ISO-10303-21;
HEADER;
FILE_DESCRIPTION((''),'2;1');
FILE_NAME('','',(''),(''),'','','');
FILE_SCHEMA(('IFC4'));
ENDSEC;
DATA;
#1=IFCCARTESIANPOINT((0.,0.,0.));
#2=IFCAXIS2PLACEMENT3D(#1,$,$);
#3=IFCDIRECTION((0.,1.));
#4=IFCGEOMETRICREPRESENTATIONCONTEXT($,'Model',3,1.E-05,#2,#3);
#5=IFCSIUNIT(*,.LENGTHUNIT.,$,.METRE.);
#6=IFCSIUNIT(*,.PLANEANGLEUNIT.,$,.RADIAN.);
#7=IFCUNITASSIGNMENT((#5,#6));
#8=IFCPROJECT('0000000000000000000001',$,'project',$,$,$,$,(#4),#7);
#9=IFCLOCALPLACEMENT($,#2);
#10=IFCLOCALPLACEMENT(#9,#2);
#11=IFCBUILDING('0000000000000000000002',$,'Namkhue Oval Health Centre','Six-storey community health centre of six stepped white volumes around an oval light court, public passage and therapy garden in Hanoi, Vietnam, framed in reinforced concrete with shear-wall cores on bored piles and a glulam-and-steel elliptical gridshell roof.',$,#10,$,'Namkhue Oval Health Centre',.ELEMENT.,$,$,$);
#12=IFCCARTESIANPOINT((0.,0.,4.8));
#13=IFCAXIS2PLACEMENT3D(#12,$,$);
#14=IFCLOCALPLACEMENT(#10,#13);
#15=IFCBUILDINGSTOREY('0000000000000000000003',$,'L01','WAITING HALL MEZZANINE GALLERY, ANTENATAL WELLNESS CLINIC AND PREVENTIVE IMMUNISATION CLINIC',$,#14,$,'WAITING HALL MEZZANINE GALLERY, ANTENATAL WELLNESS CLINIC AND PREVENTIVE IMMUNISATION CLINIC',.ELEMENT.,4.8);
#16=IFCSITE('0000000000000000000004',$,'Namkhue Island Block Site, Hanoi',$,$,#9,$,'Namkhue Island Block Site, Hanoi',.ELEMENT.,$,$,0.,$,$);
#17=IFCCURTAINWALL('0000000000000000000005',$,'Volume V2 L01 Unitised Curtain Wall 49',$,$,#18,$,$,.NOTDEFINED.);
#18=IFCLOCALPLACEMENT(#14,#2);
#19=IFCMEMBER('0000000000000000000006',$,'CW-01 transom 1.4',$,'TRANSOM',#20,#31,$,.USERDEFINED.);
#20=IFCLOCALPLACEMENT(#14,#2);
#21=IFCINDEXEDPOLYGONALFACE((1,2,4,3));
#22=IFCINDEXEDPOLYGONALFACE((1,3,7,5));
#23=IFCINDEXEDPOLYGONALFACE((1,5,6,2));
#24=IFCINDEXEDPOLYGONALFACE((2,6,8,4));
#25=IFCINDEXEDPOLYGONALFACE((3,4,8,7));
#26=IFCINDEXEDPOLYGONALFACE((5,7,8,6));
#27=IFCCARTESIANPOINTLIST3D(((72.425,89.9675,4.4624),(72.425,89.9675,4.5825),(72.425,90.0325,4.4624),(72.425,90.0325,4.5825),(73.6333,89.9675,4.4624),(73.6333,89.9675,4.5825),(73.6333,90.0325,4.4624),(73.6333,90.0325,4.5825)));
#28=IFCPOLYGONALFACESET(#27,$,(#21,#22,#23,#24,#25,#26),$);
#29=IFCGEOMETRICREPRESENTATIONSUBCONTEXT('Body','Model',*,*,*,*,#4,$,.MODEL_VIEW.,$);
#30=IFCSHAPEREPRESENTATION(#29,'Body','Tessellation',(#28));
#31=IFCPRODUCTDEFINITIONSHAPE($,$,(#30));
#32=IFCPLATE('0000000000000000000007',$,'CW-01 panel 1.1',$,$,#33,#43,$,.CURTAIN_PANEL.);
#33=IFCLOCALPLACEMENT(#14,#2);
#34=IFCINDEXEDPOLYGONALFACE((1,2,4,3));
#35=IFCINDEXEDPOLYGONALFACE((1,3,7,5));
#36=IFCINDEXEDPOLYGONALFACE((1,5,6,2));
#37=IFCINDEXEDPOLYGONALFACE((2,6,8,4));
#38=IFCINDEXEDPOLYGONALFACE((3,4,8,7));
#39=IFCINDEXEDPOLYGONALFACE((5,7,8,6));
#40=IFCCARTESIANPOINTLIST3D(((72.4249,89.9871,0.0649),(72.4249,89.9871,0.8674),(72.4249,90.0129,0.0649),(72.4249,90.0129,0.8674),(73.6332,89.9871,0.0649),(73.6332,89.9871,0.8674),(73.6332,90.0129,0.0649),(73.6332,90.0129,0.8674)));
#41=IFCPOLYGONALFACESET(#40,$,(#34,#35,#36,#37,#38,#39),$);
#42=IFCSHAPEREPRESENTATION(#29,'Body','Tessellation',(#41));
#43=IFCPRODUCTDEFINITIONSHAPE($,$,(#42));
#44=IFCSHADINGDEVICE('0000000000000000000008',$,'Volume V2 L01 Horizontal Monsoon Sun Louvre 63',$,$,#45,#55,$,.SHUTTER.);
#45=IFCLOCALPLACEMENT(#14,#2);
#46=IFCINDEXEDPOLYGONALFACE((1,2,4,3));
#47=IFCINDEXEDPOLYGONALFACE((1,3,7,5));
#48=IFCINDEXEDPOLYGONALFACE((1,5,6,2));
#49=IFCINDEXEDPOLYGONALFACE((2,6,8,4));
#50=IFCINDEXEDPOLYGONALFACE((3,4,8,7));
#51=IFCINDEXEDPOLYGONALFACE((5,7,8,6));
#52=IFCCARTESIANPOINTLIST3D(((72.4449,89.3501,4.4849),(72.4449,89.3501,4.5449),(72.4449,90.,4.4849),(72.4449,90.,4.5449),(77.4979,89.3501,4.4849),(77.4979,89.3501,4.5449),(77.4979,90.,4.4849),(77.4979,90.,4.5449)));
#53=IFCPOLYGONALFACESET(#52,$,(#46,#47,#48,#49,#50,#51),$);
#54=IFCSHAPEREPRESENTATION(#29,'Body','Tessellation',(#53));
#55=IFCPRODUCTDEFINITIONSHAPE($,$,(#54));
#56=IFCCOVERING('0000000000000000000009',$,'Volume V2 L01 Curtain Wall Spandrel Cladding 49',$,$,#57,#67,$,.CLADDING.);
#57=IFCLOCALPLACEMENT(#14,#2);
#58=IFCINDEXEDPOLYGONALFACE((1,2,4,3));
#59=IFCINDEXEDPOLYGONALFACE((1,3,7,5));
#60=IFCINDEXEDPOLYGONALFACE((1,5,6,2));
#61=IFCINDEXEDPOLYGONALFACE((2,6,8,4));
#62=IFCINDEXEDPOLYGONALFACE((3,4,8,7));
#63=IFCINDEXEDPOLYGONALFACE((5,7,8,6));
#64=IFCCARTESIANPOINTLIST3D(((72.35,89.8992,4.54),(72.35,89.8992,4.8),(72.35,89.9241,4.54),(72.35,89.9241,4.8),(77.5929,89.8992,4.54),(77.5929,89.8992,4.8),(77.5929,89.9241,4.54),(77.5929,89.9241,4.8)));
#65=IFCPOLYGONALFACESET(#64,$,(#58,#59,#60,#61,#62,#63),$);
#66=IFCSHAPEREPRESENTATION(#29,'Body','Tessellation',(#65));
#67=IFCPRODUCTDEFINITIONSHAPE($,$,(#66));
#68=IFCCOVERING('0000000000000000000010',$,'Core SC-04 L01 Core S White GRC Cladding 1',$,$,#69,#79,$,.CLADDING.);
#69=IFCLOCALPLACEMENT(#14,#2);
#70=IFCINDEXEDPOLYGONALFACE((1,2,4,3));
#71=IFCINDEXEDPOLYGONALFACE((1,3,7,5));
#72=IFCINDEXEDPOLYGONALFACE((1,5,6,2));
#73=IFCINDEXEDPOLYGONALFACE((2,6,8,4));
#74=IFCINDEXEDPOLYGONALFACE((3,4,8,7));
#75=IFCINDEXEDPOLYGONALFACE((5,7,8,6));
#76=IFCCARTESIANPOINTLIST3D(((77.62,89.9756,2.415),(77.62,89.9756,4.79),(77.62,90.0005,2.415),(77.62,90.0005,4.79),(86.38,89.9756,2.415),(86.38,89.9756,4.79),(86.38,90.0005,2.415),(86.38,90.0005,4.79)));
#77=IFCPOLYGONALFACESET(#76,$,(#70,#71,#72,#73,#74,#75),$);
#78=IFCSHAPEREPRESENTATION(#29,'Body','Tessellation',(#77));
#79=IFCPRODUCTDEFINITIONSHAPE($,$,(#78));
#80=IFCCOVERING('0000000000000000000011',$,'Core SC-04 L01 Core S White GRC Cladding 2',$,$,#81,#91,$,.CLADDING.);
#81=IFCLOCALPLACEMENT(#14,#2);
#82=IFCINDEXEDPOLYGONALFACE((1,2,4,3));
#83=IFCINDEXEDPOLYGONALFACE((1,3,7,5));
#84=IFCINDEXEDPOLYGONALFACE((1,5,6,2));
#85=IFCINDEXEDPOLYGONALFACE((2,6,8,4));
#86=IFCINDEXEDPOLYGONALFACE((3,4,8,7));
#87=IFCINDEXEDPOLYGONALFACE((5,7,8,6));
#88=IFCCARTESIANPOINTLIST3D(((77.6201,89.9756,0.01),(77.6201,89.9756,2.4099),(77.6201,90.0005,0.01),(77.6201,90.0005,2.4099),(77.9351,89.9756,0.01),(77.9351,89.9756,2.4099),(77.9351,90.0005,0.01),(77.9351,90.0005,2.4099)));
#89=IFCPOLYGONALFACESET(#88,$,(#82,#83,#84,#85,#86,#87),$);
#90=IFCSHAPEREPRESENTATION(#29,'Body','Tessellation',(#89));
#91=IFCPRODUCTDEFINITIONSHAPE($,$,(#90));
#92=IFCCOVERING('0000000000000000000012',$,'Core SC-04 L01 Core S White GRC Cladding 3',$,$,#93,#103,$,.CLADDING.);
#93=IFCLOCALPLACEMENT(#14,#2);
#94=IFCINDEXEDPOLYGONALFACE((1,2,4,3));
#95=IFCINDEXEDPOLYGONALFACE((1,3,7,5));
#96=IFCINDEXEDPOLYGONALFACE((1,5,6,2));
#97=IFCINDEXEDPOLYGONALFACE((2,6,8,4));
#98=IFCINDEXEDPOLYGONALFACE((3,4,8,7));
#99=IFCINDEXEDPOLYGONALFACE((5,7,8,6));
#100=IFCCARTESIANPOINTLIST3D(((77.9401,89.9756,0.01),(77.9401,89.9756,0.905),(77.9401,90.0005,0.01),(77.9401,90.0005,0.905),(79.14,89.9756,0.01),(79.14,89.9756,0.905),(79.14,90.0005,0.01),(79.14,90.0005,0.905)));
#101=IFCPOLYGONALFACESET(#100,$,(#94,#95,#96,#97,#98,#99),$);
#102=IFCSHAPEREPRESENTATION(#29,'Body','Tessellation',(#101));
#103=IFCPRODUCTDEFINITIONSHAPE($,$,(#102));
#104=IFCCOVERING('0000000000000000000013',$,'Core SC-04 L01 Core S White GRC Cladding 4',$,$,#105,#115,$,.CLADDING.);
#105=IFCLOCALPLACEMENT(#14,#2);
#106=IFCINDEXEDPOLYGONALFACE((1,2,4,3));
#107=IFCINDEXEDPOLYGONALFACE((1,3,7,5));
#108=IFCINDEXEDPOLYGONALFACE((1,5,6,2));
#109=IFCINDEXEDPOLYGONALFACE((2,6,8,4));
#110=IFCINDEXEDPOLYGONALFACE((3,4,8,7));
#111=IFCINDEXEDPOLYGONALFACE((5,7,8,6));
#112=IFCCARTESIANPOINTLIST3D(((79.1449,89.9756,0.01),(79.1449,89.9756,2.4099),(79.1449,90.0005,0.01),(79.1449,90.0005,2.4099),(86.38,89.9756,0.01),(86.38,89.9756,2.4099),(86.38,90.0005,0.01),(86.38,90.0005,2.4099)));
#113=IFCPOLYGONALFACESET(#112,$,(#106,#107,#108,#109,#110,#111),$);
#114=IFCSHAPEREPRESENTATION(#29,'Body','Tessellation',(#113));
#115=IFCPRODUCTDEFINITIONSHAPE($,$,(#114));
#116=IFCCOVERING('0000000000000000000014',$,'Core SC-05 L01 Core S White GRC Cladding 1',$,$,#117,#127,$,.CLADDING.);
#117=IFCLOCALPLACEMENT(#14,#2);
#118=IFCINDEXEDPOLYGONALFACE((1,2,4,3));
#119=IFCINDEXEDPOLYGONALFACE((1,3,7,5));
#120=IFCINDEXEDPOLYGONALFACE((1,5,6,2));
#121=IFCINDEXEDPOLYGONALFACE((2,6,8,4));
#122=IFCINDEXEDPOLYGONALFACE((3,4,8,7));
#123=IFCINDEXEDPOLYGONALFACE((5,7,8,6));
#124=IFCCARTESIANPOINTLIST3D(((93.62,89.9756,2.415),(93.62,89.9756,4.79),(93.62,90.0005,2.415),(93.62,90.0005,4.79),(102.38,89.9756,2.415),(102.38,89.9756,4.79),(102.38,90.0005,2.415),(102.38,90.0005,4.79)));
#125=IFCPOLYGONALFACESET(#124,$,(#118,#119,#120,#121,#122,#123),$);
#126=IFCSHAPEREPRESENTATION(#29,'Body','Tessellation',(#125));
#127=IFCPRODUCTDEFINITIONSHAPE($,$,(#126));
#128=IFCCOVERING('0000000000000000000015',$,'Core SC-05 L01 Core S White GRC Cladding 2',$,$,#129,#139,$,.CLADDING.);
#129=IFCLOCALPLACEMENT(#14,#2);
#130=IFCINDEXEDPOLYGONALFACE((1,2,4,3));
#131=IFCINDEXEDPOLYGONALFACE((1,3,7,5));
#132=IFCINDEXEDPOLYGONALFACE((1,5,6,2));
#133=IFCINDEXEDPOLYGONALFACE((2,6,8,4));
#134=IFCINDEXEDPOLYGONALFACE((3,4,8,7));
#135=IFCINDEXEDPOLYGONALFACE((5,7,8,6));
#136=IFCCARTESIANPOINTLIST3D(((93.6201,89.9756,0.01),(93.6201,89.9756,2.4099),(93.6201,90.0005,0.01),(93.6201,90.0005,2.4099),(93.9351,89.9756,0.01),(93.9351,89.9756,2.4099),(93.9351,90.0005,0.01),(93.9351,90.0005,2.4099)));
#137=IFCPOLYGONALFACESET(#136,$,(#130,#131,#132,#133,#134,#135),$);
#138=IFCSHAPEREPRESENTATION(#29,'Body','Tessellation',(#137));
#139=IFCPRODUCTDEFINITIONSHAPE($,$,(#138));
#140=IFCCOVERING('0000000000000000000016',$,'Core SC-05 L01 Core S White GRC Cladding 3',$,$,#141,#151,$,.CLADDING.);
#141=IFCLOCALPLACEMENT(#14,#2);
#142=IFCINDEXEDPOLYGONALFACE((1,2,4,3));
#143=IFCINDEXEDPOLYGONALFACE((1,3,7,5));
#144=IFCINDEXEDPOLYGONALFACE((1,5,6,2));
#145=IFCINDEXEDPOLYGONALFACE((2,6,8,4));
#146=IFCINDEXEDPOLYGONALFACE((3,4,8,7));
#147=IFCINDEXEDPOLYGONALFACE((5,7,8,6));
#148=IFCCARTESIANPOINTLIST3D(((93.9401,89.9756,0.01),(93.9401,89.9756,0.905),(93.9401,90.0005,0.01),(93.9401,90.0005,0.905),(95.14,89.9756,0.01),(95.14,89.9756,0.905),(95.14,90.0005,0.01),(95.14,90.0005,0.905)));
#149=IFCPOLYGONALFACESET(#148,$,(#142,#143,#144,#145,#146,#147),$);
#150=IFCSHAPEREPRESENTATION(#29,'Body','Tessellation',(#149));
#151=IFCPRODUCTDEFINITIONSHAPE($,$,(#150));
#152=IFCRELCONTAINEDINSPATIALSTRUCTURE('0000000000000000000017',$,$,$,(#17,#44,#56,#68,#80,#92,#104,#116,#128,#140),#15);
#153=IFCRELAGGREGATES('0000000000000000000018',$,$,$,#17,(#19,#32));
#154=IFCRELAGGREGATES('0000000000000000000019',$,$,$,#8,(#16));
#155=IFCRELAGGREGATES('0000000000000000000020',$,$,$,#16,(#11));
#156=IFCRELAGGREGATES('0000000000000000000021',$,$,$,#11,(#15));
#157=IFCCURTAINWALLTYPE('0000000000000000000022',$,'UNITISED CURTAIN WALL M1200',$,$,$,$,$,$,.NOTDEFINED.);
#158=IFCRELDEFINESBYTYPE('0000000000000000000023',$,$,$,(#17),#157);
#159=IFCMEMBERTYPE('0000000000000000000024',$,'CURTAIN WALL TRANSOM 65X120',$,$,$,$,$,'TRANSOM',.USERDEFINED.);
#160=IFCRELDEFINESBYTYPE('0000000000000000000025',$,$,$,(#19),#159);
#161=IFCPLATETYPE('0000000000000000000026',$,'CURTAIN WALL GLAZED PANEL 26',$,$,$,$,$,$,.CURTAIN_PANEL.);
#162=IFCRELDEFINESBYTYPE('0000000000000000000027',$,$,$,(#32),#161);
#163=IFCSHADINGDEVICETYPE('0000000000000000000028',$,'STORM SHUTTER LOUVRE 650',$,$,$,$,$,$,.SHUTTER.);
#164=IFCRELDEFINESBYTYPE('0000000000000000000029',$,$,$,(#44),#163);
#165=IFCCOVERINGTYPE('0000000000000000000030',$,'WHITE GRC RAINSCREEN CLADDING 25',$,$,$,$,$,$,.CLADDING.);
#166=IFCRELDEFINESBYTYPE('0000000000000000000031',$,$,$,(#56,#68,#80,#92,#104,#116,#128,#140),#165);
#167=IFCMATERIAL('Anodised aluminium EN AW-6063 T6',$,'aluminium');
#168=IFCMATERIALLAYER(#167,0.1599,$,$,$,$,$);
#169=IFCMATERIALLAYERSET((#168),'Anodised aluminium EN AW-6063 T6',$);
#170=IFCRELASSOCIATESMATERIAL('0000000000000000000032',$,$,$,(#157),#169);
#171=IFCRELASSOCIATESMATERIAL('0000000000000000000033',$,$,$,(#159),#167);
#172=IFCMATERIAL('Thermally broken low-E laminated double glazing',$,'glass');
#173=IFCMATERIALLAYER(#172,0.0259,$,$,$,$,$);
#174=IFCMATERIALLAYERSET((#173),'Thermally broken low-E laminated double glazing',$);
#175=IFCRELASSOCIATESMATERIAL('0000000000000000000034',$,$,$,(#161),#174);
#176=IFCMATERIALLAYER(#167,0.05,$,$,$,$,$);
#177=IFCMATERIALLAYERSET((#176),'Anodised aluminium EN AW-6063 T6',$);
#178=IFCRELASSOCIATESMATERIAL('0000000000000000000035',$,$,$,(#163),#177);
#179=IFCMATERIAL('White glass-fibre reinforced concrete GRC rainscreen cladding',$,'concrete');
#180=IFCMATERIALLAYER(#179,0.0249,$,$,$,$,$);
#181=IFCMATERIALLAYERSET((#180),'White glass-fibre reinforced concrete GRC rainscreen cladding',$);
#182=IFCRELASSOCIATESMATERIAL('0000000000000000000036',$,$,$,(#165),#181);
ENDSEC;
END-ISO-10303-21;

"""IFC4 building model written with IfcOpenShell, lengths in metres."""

from ifc_helpers import new_model, si_unit, direction, frame, origin, origin_2d, place, context, subcontext, project, spatial, rectangle, extrude, material, layer, layer_set, material_profile, profile_set, type_object, element, aggregate, save


model = new_model("IFC4")

# Units and contexts
model_context = context("Model", 3, precision=1e-05, world=origin(), true_north=direction((0.0, 1.0)))
body_context = subcontext(model_context, "Body", "Model", "MODEL_VIEW")
ifc_project = project(units=[si_unit("LENGTHUNIT", "METRE"), si_unit("PLANEANGLEUNIT", "RADIAN")], contexts=[model_context])

# Site, building, storey
site_placement = place(None, origin())
site = spatial("IfcSite", under=ifc_project, at=site_placement, Name="Namkhue Island Block Site, Hanoi", LongName="Namkhue Island Block Site, Hanoi", CompositionType="ELEMENT", RefElevation=0.0)
building_placement = place(site_placement, origin())
building = spatial("IfcBuilding", under=site, at=building_placement, Name="Namkhue Oval Health Centre", Description="Six-storey community health centre of six stepped white volumes around an oval light court, public passage and therapy garden in Hanoi, Vietnam, framed in reinforced concrete with shear-wall cores on bored piles and a glulam-and-steel elliptical gridshell roof.", LongName="Namkhue Oval Health Centre", CompositionType="ELEMENT")
storey_placement = place(building_placement, frame((0.0, 0.0, 4.8)))
storey = spatial("IfcBuildingStorey", under=building, at=storey_placement, Name="L01", Description="WAITING HALL MEZZANINE GALLERY, ANTENATAL WELLNESS CLINIC AND PREVENTIVE IMMUNISATION CLINIC", LongName="WAITING HALL MEZZANINE GALLERY, ANTENATAL WELLNESS CLINIC AND PREVENTIVE IMMUNISATION CLINIC", CompositionType="ELEMENT", Elevation=4.8)

# Curtain wall
ifc_material_1 = material(Name="Anodised aluminium EN AW-6063 T6", Category="aluminium")
ifc_layer_1 = layer(ifc_material_1, 0.1599)
ifc_layer_set_1 = layer_set([ifc_layer_1], Name="Anodised aluminium EN AW-6063 T6")
curtain_wall_type_1 = type_object("IfcCurtainWallType", Name="UNITISED CURTAIN WALL M1200", PredefinedType="NOTDEFINED", material=ifc_layer_set_1)
curtain_wall_1_placement = place(storey_placement, origin())
curtain_wall_1 = element("IfcCurtainWall", 1, at=curtain_wall_1_placement, inside=storey, type_object=curtain_wall_type_1, Name="Volume V2 L01 Unitised Curtain Wall 49", PredefinedType="NOTDEFINED")

# Member
ifc_material_profile_1 = material_profile(ifc_material_1, rectangle(XDim=0.0649, YDim=0.1201, at=origin_2d()), Name="ALU 65x120")
ifc_profile_set_1 = profile_set([ifc_material_profile_1], Name="Anodised aluminium EN AW-6063 T6")
member_type_1 = type_object("IfcMemberType", Name="CURTAIN WALL TRANSOM 65X120", ElementType="TRANSOM", PredefinedType="USERDEFINED", material=ifc_profile_set_1)
member_1_placement = place(storey_placement, frame((72.425, 90.0, 4.5225), z_axis=(1.0, 0.0, 0.0), x_axis=(0.0, 1.0, 0.0)))
member_1 = element("IfcMember", 2, at=member_1_placement, type_object=member_type_1, Name="CW-01 transom 1.4", ObjectType="TRANSOM", PredefinedType="USERDEFINED", context=body_context, shape_type="SweptSolid", body=[
    extrude(rectangle(XDim=0.0649, YDim=0.1201, at=origin_2d()), origin(), (0.0, 0.0, 1.0), 1.2083),
])

# Plate
ifc_material_2 = material(Name="Thermally broken low-E laminated double glazing", Category="glass")
ifc_layer_2 = layer(ifc_material_2, 0.0259)
ifc_layer_set_2 = layer_set([ifc_layer_2], Name="Thermally broken low-E laminated double glazing")
plate_type = type_object("IfcPlateType", Name="CURTAIN WALL GLAZED PANEL 26", PredefinedType="CURTAIN_PANEL", material=ifc_layer_set_2)
plate_placement = place(storey_placement, frame((73.0291, 90.0, 0.0649), z_axis=(0.0, 0.0, 1.0), x_axis=(1.0, 0.0, 0.0)))
plate = element("IfcPlate", 3, at=plate_placement, type_object=plate_type, Name="CW-01 panel 1.1", PredefinedType="CURTAIN_PANEL", context=body_context, shape_type="SweptSolid", body=[
    extrude(rectangle(XDim=1.2083, YDim=0.0259, at=origin_2d()), origin(), (0.0, 0.0, 1.0), 0.8025),
])
aggregate(curtain_wall_1, [member_1, plate])

# Shading device
ifc_layer_3 = layer(ifc_material_1, 0.05)
ifc_layer_set_3 = layer_set([ifc_layer_3], Name="Anodised aluminium EN AW-6063 T6")
shading_device_type = type_object("IfcShadingDeviceType", Name="STORM SHUTTER LOUVRE 650", PredefinedType="SHUTTER", material=ifc_layer_set_3)
shading_device_placement = place(storey_placement, frame((74.9714, 89.675, 4.4849), z_axis=(0.0, 0.0, 1.0), x_axis=(1.0, 0.0, 0.0)))
element("IfcShadingDevice", 4, at=shading_device_placement, inside=storey, type_object=shading_device_type, Name="Volume V2 L01 Horizontal Monsoon Sun Louvre 63", PredefinedType="SHUTTER", context=body_context, shape_type="SweptSolid", body=[
    extrude(rectangle(XDim=5.053, YDim=0.6499, at=origin_2d()), origin(), (0.0, 0.0, 1.0), 0.0601),
])

# Coverings
ifc_material_3 = material(Name="White glass-fibre reinforced concrete GRC rainscreen cladding", Category="concrete")
ifc_layer_4 = layer(ifc_material_3, 0.0249)
ifc_layer_set_4 = layer_set([ifc_layer_4], Name="White glass-fibre reinforced concrete GRC rainscreen cladding")
covering_type = type_object("IfcCoveringType", Name="WHITE GRC RAINSCREEN CLADDING 25", PredefinedType="CLADDING", material=ifc_layer_set_4)
covering_1_placement = place(storey_placement, frame((74.9714, 89.9116, 4.54), z_axis=(0.0, 0.0, 1.0), x_axis=(1.0, 0.0, 0.0)))
element("IfcCovering", 5, at=covering_1_placement, inside=storey, type_object=covering_type, Name="Volume V2 L01 Curtain Wall Spandrel Cladding 49", PredefinedType="CLADDING", context=body_context, shape_type="SweptSolid", body=[
    extrude(rectangle(XDim=5.2429, YDim=0.0249, at=origin_2d()), origin(), (0.0, 0.0, 1.0), 0.26),
])
covering_2_placement = place(storey_placement, frame((82.0, 89.988, 2.415), z_axis=(0.0, 0.0, 1.0), x_axis=(1.0, 0.0, 0.0)))
element("IfcCovering", 6, at=covering_2_placement, inside=storey, type_object=covering_type, Name="Core SC-04 L01 Core S White GRC Cladding 1", PredefinedType="CLADDING", context=body_context, shape_type="SweptSolid", body=[
    extrude(rectangle(XDim=8.76, YDim=0.0249, at=origin_2d()), origin(), (0.0, 0.0, 1.0), 2.375),
])
covering_3_placement = place(storey_placement, frame((77.7776, 89.988, 0.01), z_axis=(0.0, 0.0, 1.0), x_axis=(1.0, 0.0, 0.0)))
element("IfcCovering", 7, at=covering_3_placement, inside=storey, type_object=covering_type, Name="Core SC-04 L01 Core S White GRC Cladding 2", PredefinedType="CLADDING", context=body_context, shape_type="SweptSolid", body=[
    extrude(rectangle(XDim=0.3149, YDim=0.0249, at=origin_2d()), origin(), (0.0, 0.0, 1.0), 2.3999),
])
covering_4_placement = place(storey_placement, frame((78.54, 89.988, 0.01), z_axis=(0.0, 0.0, 1.0), x_axis=(1.0, 0.0, 0.0)))
element("IfcCovering", 8, at=covering_4_placement, inside=storey, type_object=covering_type, Name="Core SC-04 L01 Core S White GRC Cladding 3", PredefinedType="CLADDING", context=body_context, shape_type="SweptSolid", body=[
    extrude(rectangle(XDim=1.2, YDim=0.0249, at=origin_2d()), origin(), (0.0, 0.0, 1.0), 0.895),
])
covering_5_placement = place(storey_placement, frame((82.7625, 89.988, 0.01), z_axis=(0.0, 0.0, 1.0), x_axis=(1.0, 0.0, 0.0)))
element("IfcCovering", 9, at=covering_5_placement, inside=storey, type_object=covering_type, Name="Core SC-04 L01 Core S White GRC Cladding 4", PredefinedType="CLADDING", context=body_context, shape_type="SweptSolid", body=[
    extrude(rectangle(XDim=7.2351, YDim=0.0249, at=origin_2d()), origin(), (0.0, 0.0, 1.0), 2.3999),
])
covering_6_placement = place(storey_placement, frame((98.0, 89.988, 2.415), z_axis=(0.0, 0.0, 1.0), x_axis=(1.0, 0.0, 0.0)))
element("IfcCovering", 10, at=covering_6_placement, inside=storey, type_object=covering_type, Name="Core SC-05 L01 Core S White GRC Cladding 1", PredefinedType="CLADDING", context=body_context, shape_type="SweptSolid", body=[
    extrude(rectangle(XDim=8.76, YDim=0.0249, at=origin_2d()), origin(), (0.0, 0.0, 1.0), 2.375),
])
covering_7_placement = place(storey_placement, frame((93.7776, 89.988, 0.01), z_axis=(0.0, 0.0, 1.0), x_axis=(1.0, 0.0, 0.0)))
element("IfcCovering", 11, at=covering_7_placement, inside=storey, type_object=covering_type, Name="Core SC-05 L01 Core S White GRC Cladding 2", PredefinedType="CLADDING", context=body_context, shape_type="SweptSolid", body=[
    extrude(rectangle(XDim=0.3149, YDim=0.0249, at=origin_2d()), origin(), (0.0, 0.0, 1.0), 2.3999),
])
covering_8_placement = place(storey_placement, frame((94.54, 89.988, 0.01), z_axis=(0.0, 0.0, 1.0), x_axis=(1.0, 0.0, 0.0)))
element("IfcCovering", 12, at=covering_8_placement, inside=storey, type_object=covering_type, Name="Core SC-05 L01 Core S White GRC Cladding 3", PredefinedType="CLADDING", context=body_context, shape_type="SweptSolid", body=[
    extrude(rectangle(XDim=1.2, YDim=0.0249, at=origin_2d()), origin(), (0.0, 0.0, 1.0), 0.895),
])

save(model, "model.ifc")
